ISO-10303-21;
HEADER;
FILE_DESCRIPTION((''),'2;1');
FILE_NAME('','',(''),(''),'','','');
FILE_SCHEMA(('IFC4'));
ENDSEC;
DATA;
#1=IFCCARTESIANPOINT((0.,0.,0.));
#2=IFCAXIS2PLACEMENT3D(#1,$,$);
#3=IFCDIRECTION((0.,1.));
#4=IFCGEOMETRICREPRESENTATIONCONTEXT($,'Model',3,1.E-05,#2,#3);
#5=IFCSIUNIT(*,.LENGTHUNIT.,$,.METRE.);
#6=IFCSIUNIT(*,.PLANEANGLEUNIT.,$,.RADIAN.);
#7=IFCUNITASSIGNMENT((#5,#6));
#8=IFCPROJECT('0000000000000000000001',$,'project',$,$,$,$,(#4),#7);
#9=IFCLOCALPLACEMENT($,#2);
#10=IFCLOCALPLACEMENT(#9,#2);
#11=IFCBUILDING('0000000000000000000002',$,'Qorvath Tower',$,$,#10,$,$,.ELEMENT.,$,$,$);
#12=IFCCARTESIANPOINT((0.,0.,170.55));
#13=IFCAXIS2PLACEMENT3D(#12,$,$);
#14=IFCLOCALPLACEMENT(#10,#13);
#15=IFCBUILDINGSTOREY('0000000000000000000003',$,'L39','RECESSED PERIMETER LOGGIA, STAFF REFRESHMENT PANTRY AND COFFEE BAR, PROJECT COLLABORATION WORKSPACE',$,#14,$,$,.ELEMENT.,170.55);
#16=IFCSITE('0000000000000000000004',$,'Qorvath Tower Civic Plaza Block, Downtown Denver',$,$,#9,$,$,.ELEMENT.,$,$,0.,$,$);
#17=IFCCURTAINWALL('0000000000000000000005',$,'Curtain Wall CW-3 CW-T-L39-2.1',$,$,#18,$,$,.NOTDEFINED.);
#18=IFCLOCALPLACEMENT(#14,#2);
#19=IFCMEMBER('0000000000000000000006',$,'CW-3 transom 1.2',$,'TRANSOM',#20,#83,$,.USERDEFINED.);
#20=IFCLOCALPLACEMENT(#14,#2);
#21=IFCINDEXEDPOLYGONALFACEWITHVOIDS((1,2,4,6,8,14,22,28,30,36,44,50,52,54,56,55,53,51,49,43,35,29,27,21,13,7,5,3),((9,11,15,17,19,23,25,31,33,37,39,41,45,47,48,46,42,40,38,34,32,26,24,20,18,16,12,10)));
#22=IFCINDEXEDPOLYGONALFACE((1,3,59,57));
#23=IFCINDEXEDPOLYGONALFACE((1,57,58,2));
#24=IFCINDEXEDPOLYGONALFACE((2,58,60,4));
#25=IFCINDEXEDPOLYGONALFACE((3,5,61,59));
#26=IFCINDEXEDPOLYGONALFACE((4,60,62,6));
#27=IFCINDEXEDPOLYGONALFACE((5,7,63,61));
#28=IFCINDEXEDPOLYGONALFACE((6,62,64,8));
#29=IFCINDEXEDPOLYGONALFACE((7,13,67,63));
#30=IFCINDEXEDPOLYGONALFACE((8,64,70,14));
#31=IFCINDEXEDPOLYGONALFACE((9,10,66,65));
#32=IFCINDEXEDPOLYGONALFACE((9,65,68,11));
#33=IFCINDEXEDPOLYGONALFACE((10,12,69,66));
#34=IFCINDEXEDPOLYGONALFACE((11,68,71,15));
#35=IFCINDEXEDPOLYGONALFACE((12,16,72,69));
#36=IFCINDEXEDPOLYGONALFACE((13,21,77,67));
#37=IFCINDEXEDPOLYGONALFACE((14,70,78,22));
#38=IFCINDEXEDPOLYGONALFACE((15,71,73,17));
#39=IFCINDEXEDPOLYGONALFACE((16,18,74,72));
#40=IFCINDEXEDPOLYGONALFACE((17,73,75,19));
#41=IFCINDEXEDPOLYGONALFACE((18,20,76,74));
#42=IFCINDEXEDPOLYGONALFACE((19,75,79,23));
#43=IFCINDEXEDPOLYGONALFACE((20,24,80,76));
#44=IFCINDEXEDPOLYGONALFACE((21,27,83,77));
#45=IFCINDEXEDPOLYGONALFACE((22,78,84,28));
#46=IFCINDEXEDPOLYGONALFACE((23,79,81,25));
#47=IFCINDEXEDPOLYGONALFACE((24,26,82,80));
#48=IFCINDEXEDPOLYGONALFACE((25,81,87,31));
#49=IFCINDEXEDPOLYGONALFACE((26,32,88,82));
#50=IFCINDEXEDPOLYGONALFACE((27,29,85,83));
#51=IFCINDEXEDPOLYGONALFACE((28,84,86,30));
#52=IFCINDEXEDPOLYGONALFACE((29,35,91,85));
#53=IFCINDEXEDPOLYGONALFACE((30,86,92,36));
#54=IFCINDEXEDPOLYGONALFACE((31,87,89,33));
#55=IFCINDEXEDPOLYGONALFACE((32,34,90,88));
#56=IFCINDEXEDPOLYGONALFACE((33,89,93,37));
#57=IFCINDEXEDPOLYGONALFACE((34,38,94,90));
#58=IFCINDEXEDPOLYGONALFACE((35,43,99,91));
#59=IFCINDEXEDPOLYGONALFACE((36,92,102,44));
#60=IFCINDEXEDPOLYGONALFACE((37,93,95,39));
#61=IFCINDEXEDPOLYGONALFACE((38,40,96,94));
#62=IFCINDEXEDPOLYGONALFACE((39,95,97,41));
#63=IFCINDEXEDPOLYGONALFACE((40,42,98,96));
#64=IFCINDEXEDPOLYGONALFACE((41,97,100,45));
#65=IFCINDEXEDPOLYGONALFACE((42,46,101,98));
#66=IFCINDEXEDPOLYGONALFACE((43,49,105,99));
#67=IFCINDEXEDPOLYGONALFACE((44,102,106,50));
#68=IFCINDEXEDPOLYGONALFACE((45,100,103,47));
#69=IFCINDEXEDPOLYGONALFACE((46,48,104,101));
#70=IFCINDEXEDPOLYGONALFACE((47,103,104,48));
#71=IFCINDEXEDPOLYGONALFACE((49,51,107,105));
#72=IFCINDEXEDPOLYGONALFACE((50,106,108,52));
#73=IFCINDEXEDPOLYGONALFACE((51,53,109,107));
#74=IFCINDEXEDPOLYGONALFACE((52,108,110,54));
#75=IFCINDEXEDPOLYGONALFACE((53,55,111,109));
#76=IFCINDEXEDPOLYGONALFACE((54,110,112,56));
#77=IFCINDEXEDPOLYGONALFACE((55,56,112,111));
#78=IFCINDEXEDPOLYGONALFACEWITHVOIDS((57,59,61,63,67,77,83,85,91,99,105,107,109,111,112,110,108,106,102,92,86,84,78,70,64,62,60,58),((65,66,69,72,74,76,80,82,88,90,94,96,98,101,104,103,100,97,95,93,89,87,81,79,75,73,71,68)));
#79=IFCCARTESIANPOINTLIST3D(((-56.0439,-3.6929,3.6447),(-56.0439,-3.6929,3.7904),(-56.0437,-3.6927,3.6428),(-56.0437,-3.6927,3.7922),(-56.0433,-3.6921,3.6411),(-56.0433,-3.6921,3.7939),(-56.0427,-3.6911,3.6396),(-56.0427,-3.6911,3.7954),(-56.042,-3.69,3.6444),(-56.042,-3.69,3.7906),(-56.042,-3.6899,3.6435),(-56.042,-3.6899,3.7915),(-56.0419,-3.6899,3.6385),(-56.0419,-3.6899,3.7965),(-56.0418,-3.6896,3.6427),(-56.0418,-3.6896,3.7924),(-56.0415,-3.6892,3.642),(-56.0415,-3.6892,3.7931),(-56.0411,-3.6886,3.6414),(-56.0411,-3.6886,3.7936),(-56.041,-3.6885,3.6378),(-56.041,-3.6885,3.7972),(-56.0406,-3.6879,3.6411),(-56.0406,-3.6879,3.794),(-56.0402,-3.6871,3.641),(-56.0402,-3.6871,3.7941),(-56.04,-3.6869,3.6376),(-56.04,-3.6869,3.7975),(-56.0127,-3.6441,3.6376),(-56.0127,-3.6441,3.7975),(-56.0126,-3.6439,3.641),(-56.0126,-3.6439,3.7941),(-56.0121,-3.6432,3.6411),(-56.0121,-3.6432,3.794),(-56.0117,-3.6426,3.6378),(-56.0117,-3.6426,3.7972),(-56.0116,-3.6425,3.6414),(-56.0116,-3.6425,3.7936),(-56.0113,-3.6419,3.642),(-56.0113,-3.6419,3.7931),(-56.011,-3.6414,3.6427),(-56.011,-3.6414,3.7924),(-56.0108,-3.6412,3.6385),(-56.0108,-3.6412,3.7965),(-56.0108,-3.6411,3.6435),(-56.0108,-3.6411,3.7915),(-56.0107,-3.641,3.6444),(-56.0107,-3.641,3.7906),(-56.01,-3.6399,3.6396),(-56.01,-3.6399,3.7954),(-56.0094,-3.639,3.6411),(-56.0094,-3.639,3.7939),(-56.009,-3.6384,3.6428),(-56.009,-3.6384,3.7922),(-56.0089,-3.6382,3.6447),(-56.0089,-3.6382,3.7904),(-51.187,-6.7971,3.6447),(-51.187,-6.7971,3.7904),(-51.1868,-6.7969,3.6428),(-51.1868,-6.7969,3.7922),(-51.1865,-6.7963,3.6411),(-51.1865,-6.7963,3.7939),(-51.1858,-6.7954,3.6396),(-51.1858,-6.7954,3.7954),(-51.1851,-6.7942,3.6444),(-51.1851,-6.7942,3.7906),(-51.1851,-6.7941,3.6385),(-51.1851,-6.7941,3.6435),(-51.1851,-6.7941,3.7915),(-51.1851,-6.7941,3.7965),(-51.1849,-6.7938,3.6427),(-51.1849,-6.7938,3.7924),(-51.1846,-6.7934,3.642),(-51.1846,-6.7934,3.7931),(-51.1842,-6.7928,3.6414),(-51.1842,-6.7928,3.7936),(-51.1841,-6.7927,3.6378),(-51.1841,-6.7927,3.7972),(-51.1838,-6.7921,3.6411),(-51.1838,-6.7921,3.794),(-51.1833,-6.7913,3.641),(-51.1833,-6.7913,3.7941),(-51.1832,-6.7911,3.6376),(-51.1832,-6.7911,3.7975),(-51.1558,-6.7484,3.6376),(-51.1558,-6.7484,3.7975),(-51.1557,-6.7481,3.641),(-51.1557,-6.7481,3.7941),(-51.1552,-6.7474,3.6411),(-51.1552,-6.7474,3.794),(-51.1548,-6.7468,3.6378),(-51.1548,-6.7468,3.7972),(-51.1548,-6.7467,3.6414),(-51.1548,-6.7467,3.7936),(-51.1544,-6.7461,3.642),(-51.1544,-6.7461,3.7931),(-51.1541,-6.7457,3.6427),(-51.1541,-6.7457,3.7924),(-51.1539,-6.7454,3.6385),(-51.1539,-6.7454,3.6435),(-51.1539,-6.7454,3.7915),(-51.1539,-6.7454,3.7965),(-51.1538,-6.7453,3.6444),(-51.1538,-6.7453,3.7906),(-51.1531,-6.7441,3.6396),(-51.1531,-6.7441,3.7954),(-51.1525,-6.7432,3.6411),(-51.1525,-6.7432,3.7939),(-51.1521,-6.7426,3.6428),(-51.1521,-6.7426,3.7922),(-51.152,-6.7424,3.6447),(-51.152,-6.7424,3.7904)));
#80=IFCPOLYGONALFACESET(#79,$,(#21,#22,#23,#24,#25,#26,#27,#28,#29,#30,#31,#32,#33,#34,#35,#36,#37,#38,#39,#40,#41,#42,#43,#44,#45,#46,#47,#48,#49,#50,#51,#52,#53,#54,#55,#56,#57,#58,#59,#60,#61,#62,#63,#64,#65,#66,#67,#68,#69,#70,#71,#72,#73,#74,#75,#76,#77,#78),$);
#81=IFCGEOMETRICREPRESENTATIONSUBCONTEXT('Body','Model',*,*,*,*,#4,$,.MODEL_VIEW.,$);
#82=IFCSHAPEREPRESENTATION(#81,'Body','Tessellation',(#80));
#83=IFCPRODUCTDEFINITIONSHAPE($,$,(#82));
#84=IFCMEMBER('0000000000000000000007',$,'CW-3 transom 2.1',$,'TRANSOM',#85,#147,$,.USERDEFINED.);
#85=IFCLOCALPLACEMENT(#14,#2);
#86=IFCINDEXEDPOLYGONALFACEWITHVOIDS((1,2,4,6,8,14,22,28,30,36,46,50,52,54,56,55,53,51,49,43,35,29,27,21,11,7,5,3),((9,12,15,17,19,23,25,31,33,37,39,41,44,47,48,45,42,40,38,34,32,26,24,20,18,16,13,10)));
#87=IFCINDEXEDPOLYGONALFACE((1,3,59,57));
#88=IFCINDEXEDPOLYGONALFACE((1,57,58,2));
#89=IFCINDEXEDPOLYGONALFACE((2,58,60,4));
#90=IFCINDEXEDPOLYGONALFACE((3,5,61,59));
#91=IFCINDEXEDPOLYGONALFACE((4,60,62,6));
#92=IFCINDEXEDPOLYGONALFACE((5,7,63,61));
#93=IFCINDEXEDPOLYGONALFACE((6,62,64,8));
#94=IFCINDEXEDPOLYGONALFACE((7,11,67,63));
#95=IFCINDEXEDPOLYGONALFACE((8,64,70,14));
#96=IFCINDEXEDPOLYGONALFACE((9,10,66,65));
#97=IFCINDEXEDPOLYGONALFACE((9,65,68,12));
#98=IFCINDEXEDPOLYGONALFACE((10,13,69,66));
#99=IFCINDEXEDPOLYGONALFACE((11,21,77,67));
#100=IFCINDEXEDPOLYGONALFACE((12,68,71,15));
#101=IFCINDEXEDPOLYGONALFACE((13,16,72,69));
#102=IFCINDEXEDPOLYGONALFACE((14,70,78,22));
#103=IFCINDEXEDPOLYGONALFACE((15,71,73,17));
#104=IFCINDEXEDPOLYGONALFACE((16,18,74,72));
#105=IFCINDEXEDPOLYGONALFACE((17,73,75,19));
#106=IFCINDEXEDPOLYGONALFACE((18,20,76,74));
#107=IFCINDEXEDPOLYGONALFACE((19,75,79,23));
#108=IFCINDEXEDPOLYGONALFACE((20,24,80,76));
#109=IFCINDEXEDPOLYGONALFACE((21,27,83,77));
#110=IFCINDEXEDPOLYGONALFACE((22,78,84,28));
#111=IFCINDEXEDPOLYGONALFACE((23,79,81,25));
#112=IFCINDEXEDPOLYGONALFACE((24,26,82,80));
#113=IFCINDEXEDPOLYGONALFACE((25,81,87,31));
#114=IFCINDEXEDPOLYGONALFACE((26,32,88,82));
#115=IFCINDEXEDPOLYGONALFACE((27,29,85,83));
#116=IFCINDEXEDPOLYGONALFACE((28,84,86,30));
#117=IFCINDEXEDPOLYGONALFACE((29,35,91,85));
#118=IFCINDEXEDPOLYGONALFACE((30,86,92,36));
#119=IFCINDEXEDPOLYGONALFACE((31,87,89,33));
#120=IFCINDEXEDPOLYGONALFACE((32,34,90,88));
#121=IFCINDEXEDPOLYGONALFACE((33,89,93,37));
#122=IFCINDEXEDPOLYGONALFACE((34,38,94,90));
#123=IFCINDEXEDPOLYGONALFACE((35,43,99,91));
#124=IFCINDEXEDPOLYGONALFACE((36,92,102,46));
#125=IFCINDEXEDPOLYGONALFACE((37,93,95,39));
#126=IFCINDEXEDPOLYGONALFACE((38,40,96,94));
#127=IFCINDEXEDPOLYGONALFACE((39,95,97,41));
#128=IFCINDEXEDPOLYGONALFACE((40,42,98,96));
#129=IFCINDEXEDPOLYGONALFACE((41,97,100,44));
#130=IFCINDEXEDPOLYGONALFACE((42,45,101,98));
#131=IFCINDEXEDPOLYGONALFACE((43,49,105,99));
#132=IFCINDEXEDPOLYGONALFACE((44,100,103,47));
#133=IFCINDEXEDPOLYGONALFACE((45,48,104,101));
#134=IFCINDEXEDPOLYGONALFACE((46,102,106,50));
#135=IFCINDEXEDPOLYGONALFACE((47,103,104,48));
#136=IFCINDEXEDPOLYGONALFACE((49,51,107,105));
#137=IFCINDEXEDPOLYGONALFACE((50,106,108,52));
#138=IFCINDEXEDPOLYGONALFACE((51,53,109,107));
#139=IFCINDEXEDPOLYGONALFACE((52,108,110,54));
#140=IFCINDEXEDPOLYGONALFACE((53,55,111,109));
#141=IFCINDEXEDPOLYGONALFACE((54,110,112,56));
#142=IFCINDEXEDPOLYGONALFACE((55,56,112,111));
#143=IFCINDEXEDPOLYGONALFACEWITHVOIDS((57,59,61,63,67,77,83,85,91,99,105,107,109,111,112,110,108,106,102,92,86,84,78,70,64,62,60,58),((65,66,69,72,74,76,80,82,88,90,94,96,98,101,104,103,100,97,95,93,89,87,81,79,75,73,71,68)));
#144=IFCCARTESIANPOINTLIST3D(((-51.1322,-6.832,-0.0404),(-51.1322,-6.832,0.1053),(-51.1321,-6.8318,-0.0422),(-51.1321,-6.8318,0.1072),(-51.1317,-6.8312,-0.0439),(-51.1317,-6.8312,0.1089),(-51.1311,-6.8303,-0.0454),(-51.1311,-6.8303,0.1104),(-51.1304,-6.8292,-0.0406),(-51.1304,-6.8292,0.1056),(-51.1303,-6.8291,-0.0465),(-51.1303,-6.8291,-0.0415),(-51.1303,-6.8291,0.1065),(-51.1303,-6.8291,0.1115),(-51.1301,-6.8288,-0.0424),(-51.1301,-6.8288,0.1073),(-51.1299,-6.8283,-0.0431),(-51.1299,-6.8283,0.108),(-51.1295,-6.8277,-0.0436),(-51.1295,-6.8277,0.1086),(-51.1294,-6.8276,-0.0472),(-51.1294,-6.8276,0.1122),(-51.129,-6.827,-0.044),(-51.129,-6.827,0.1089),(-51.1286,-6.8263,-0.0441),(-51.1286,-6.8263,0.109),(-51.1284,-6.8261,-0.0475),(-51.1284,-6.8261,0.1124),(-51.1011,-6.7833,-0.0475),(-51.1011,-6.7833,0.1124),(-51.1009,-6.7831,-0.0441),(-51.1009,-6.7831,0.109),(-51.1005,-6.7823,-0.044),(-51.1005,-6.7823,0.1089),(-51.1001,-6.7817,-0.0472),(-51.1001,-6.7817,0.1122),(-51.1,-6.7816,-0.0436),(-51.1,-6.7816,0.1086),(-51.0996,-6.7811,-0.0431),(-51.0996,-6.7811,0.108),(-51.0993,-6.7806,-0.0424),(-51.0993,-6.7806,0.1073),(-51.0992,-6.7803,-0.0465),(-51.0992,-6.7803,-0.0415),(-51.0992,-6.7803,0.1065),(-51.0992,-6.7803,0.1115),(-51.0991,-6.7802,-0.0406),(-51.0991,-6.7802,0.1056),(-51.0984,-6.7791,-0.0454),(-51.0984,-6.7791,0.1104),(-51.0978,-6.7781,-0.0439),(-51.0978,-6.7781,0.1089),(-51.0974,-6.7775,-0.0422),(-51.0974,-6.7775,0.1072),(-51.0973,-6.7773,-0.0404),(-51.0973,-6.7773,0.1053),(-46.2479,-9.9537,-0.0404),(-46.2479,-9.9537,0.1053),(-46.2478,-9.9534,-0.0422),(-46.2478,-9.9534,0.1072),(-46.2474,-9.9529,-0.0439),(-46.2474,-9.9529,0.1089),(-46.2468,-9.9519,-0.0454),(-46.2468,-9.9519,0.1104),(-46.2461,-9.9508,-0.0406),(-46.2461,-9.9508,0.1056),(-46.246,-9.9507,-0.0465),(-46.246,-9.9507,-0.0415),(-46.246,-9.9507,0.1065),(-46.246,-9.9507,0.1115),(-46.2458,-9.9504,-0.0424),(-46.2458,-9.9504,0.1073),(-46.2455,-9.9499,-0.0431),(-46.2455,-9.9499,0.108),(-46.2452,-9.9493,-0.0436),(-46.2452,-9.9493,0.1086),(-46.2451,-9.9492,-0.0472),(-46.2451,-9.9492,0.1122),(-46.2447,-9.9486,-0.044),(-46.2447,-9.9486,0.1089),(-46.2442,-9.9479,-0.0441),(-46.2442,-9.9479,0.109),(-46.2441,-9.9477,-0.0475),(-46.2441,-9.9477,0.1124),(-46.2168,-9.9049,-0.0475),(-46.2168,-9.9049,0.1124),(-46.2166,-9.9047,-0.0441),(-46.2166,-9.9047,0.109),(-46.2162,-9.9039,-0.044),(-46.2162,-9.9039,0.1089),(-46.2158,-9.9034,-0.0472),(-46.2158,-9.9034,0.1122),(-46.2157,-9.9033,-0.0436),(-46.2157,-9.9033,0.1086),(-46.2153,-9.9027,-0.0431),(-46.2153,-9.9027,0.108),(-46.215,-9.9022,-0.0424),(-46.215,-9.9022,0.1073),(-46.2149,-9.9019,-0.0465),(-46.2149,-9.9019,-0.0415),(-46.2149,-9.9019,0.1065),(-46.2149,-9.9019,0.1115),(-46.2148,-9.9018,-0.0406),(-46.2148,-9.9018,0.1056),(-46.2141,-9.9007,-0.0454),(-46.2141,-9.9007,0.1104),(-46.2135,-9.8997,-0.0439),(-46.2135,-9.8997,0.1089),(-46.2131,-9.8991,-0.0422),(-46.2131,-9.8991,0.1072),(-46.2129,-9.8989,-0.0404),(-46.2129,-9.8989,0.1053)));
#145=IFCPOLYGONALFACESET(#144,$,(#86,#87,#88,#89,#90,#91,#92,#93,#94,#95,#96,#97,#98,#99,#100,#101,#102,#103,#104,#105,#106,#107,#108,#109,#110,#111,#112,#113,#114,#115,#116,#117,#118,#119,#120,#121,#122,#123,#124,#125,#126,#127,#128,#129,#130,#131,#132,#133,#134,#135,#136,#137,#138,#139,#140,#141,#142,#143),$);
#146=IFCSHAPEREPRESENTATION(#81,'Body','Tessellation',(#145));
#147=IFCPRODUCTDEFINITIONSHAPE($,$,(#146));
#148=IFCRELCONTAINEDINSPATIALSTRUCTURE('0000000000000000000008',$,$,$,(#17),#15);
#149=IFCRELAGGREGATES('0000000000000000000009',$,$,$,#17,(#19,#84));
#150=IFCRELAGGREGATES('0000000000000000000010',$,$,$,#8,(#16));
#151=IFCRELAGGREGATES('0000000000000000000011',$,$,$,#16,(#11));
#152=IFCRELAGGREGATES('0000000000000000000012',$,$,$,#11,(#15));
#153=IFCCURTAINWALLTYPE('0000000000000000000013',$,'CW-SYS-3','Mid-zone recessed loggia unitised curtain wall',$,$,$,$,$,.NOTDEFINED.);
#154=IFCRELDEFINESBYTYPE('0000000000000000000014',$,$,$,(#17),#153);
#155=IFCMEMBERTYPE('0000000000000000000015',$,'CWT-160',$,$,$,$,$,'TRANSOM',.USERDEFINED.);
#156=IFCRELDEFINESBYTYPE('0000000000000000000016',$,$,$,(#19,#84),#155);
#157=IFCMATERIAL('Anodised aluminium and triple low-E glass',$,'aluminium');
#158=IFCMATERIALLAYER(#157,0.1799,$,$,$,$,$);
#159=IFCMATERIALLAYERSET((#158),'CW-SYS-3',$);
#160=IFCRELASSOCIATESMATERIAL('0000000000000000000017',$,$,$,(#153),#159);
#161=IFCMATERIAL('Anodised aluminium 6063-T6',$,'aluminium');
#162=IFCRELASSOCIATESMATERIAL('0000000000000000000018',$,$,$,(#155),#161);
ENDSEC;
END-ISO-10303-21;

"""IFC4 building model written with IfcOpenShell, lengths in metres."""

from ifc_helpers import new_model, si_unit, direction, frame, origin, origin_2d, place, context, subcontext, project, spatial, hollow_rectangle, extrude, material, layer, layer_set, material_profile, profile_set, type_object, element, aggregate, save


model = new_model("IFC4")

# Units and contexts
model_context = context("Model", 3, precision=1e-05, world=origin(), true_north=direction((0.0, 1.0)))
body_context = subcontext(model_context, "Body", "Model", "MODEL_VIEW")
ifc_project = project(units=[si_unit("LENGTHUNIT", "METRE"), si_unit("PLANEANGLEUNIT", "RADIAN")], contexts=[model_context])

# Site, building, storey
site_placement = place(None, origin())
site = spatial("IfcSite", under=ifc_project, at=site_placement, Name="Qorvath Tower Civic Plaza Block, Downtown Denver", CompositionType="ELEMENT", RefElevation=0.0)
building_placement = place(site_placement, origin())
building = spatial("IfcBuilding", under=site, at=building_placement, Name="Qorvath Tower", CompositionType="ELEMENT")
storey_placement = place(building_placement, frame((0.0, 0.0, 170.55)))
storey = spatial("IfcBuildingStorey", under=building, at=storey_placement, Name="L39", Description="RECESSED PERIMETER LOGGIA, STAFF REFRESHMENT PANTRY AND COFFEE BAR, PROJECT COLLABORATION WORKSPACE", CompositionType="ELEMENT", Elevation=170.55)

# Curtain wall, members
ifc_material_1 = material(Name="Anodised aluminium and triple low-E glass", Category="aluminium")
ifc_layer_1 = layer(ifc_material_1, 0.1799)
ifc_layer_set_1 = layer_set([ifc_layer_1], Name="CW-SYS-3")
curtain_wall_type = type_object("IfcCurtainWallType", Name="CW-SYS-3", Description="Mid-zone recessed loggia unitised curtain wall", PredefinedType="NOTDEFINED", material=ifc_layer_set_1)
curtain_wall_placement = place(storey_placement, origin())
curtain_wall = element("IfcCurtainWall", 1, at=curtain_wall_placement, inside=storey, type_object=curtain_wall_type, Name="Curtain Wall CW-3 CW-T-L39-2.1", PredefinedType="NOTDEFINED")
ifc_material_2 = material(Name="Anodised aluminium 6063-T6", Category="aluminium")
ifc_material_profile_1 = material_profile(ifc_material_2, hollow_rectangle(XDim=0.0649, YDim=0.1599, WallThickness=0.0034, InnerFilletRadius=0.0034, OuterFilletRadius=0.0071, at=origin_2d()), Name="CWT 160x65")
ifc_profile_set_1 = profile_set([ifc_material_profile_1], Name="Anodised aluminium 6063-T6")
member_type_1 = type_object("IfcMemberType", Name="CWT-160", ElementType="TRANSOM", PredefinedType="USERDEFINED", material=ifc_profile_set_1)
member_1_placement = place(storey_placement, frame((-56.0264, -3.6655, 3.7175), z_axis=(0.842601, -0.538538, 0.0), x_axis=(0.538538, 0.842601, 0.0)))
member_1 = element("IfcMember", 2, at=member_1_placement, type_object=member_type_1, Name="CW-3 transom 1.2", ObjectType="TRANSOM", PredefinedType="USERDEFINED", context=body_context, shape_type="SweptSolid", body=[
    extrude(hollow_rectangle(XDim=0.0649, YDim=0.1599, WallThickness=0.0034, InnerFilletRadius=0.0034, OuterFilletRadius=0.0071, at=origin_2d()), origin(), (0.0, 0.0, 1.0), 5.7642),
])
member_2_placement = place(storey_placement, frame((-51.1147, -6.8047, 0.0325), z_axis=(0.842612, -0.538521, 0.0), x_axis=(0.538521, 0.842612, 0.0)))
member_2 = element("IfcMember", 3, at=member_2_placement, type_object=member_type_1, Name="CW-3 transom 2.1", ObjectType="TRANSOM", PredefinedType="USERDEFINED", context=body_context, shape_type="SweptSolid", body=[
    extrude(hollow_rectangle(XDim=0.0649, YDim=0.1599, WallThickness=0.0034, InnerFilletRadius=0.0034, OuterFilletRadius=0.0071, at=origin_2d()), origin(), (0.0, 0.0, 1.0), 5.7966),
])
aggregate(curtain_wall, [member_1, member_2])

save(model, "model.ifc")
